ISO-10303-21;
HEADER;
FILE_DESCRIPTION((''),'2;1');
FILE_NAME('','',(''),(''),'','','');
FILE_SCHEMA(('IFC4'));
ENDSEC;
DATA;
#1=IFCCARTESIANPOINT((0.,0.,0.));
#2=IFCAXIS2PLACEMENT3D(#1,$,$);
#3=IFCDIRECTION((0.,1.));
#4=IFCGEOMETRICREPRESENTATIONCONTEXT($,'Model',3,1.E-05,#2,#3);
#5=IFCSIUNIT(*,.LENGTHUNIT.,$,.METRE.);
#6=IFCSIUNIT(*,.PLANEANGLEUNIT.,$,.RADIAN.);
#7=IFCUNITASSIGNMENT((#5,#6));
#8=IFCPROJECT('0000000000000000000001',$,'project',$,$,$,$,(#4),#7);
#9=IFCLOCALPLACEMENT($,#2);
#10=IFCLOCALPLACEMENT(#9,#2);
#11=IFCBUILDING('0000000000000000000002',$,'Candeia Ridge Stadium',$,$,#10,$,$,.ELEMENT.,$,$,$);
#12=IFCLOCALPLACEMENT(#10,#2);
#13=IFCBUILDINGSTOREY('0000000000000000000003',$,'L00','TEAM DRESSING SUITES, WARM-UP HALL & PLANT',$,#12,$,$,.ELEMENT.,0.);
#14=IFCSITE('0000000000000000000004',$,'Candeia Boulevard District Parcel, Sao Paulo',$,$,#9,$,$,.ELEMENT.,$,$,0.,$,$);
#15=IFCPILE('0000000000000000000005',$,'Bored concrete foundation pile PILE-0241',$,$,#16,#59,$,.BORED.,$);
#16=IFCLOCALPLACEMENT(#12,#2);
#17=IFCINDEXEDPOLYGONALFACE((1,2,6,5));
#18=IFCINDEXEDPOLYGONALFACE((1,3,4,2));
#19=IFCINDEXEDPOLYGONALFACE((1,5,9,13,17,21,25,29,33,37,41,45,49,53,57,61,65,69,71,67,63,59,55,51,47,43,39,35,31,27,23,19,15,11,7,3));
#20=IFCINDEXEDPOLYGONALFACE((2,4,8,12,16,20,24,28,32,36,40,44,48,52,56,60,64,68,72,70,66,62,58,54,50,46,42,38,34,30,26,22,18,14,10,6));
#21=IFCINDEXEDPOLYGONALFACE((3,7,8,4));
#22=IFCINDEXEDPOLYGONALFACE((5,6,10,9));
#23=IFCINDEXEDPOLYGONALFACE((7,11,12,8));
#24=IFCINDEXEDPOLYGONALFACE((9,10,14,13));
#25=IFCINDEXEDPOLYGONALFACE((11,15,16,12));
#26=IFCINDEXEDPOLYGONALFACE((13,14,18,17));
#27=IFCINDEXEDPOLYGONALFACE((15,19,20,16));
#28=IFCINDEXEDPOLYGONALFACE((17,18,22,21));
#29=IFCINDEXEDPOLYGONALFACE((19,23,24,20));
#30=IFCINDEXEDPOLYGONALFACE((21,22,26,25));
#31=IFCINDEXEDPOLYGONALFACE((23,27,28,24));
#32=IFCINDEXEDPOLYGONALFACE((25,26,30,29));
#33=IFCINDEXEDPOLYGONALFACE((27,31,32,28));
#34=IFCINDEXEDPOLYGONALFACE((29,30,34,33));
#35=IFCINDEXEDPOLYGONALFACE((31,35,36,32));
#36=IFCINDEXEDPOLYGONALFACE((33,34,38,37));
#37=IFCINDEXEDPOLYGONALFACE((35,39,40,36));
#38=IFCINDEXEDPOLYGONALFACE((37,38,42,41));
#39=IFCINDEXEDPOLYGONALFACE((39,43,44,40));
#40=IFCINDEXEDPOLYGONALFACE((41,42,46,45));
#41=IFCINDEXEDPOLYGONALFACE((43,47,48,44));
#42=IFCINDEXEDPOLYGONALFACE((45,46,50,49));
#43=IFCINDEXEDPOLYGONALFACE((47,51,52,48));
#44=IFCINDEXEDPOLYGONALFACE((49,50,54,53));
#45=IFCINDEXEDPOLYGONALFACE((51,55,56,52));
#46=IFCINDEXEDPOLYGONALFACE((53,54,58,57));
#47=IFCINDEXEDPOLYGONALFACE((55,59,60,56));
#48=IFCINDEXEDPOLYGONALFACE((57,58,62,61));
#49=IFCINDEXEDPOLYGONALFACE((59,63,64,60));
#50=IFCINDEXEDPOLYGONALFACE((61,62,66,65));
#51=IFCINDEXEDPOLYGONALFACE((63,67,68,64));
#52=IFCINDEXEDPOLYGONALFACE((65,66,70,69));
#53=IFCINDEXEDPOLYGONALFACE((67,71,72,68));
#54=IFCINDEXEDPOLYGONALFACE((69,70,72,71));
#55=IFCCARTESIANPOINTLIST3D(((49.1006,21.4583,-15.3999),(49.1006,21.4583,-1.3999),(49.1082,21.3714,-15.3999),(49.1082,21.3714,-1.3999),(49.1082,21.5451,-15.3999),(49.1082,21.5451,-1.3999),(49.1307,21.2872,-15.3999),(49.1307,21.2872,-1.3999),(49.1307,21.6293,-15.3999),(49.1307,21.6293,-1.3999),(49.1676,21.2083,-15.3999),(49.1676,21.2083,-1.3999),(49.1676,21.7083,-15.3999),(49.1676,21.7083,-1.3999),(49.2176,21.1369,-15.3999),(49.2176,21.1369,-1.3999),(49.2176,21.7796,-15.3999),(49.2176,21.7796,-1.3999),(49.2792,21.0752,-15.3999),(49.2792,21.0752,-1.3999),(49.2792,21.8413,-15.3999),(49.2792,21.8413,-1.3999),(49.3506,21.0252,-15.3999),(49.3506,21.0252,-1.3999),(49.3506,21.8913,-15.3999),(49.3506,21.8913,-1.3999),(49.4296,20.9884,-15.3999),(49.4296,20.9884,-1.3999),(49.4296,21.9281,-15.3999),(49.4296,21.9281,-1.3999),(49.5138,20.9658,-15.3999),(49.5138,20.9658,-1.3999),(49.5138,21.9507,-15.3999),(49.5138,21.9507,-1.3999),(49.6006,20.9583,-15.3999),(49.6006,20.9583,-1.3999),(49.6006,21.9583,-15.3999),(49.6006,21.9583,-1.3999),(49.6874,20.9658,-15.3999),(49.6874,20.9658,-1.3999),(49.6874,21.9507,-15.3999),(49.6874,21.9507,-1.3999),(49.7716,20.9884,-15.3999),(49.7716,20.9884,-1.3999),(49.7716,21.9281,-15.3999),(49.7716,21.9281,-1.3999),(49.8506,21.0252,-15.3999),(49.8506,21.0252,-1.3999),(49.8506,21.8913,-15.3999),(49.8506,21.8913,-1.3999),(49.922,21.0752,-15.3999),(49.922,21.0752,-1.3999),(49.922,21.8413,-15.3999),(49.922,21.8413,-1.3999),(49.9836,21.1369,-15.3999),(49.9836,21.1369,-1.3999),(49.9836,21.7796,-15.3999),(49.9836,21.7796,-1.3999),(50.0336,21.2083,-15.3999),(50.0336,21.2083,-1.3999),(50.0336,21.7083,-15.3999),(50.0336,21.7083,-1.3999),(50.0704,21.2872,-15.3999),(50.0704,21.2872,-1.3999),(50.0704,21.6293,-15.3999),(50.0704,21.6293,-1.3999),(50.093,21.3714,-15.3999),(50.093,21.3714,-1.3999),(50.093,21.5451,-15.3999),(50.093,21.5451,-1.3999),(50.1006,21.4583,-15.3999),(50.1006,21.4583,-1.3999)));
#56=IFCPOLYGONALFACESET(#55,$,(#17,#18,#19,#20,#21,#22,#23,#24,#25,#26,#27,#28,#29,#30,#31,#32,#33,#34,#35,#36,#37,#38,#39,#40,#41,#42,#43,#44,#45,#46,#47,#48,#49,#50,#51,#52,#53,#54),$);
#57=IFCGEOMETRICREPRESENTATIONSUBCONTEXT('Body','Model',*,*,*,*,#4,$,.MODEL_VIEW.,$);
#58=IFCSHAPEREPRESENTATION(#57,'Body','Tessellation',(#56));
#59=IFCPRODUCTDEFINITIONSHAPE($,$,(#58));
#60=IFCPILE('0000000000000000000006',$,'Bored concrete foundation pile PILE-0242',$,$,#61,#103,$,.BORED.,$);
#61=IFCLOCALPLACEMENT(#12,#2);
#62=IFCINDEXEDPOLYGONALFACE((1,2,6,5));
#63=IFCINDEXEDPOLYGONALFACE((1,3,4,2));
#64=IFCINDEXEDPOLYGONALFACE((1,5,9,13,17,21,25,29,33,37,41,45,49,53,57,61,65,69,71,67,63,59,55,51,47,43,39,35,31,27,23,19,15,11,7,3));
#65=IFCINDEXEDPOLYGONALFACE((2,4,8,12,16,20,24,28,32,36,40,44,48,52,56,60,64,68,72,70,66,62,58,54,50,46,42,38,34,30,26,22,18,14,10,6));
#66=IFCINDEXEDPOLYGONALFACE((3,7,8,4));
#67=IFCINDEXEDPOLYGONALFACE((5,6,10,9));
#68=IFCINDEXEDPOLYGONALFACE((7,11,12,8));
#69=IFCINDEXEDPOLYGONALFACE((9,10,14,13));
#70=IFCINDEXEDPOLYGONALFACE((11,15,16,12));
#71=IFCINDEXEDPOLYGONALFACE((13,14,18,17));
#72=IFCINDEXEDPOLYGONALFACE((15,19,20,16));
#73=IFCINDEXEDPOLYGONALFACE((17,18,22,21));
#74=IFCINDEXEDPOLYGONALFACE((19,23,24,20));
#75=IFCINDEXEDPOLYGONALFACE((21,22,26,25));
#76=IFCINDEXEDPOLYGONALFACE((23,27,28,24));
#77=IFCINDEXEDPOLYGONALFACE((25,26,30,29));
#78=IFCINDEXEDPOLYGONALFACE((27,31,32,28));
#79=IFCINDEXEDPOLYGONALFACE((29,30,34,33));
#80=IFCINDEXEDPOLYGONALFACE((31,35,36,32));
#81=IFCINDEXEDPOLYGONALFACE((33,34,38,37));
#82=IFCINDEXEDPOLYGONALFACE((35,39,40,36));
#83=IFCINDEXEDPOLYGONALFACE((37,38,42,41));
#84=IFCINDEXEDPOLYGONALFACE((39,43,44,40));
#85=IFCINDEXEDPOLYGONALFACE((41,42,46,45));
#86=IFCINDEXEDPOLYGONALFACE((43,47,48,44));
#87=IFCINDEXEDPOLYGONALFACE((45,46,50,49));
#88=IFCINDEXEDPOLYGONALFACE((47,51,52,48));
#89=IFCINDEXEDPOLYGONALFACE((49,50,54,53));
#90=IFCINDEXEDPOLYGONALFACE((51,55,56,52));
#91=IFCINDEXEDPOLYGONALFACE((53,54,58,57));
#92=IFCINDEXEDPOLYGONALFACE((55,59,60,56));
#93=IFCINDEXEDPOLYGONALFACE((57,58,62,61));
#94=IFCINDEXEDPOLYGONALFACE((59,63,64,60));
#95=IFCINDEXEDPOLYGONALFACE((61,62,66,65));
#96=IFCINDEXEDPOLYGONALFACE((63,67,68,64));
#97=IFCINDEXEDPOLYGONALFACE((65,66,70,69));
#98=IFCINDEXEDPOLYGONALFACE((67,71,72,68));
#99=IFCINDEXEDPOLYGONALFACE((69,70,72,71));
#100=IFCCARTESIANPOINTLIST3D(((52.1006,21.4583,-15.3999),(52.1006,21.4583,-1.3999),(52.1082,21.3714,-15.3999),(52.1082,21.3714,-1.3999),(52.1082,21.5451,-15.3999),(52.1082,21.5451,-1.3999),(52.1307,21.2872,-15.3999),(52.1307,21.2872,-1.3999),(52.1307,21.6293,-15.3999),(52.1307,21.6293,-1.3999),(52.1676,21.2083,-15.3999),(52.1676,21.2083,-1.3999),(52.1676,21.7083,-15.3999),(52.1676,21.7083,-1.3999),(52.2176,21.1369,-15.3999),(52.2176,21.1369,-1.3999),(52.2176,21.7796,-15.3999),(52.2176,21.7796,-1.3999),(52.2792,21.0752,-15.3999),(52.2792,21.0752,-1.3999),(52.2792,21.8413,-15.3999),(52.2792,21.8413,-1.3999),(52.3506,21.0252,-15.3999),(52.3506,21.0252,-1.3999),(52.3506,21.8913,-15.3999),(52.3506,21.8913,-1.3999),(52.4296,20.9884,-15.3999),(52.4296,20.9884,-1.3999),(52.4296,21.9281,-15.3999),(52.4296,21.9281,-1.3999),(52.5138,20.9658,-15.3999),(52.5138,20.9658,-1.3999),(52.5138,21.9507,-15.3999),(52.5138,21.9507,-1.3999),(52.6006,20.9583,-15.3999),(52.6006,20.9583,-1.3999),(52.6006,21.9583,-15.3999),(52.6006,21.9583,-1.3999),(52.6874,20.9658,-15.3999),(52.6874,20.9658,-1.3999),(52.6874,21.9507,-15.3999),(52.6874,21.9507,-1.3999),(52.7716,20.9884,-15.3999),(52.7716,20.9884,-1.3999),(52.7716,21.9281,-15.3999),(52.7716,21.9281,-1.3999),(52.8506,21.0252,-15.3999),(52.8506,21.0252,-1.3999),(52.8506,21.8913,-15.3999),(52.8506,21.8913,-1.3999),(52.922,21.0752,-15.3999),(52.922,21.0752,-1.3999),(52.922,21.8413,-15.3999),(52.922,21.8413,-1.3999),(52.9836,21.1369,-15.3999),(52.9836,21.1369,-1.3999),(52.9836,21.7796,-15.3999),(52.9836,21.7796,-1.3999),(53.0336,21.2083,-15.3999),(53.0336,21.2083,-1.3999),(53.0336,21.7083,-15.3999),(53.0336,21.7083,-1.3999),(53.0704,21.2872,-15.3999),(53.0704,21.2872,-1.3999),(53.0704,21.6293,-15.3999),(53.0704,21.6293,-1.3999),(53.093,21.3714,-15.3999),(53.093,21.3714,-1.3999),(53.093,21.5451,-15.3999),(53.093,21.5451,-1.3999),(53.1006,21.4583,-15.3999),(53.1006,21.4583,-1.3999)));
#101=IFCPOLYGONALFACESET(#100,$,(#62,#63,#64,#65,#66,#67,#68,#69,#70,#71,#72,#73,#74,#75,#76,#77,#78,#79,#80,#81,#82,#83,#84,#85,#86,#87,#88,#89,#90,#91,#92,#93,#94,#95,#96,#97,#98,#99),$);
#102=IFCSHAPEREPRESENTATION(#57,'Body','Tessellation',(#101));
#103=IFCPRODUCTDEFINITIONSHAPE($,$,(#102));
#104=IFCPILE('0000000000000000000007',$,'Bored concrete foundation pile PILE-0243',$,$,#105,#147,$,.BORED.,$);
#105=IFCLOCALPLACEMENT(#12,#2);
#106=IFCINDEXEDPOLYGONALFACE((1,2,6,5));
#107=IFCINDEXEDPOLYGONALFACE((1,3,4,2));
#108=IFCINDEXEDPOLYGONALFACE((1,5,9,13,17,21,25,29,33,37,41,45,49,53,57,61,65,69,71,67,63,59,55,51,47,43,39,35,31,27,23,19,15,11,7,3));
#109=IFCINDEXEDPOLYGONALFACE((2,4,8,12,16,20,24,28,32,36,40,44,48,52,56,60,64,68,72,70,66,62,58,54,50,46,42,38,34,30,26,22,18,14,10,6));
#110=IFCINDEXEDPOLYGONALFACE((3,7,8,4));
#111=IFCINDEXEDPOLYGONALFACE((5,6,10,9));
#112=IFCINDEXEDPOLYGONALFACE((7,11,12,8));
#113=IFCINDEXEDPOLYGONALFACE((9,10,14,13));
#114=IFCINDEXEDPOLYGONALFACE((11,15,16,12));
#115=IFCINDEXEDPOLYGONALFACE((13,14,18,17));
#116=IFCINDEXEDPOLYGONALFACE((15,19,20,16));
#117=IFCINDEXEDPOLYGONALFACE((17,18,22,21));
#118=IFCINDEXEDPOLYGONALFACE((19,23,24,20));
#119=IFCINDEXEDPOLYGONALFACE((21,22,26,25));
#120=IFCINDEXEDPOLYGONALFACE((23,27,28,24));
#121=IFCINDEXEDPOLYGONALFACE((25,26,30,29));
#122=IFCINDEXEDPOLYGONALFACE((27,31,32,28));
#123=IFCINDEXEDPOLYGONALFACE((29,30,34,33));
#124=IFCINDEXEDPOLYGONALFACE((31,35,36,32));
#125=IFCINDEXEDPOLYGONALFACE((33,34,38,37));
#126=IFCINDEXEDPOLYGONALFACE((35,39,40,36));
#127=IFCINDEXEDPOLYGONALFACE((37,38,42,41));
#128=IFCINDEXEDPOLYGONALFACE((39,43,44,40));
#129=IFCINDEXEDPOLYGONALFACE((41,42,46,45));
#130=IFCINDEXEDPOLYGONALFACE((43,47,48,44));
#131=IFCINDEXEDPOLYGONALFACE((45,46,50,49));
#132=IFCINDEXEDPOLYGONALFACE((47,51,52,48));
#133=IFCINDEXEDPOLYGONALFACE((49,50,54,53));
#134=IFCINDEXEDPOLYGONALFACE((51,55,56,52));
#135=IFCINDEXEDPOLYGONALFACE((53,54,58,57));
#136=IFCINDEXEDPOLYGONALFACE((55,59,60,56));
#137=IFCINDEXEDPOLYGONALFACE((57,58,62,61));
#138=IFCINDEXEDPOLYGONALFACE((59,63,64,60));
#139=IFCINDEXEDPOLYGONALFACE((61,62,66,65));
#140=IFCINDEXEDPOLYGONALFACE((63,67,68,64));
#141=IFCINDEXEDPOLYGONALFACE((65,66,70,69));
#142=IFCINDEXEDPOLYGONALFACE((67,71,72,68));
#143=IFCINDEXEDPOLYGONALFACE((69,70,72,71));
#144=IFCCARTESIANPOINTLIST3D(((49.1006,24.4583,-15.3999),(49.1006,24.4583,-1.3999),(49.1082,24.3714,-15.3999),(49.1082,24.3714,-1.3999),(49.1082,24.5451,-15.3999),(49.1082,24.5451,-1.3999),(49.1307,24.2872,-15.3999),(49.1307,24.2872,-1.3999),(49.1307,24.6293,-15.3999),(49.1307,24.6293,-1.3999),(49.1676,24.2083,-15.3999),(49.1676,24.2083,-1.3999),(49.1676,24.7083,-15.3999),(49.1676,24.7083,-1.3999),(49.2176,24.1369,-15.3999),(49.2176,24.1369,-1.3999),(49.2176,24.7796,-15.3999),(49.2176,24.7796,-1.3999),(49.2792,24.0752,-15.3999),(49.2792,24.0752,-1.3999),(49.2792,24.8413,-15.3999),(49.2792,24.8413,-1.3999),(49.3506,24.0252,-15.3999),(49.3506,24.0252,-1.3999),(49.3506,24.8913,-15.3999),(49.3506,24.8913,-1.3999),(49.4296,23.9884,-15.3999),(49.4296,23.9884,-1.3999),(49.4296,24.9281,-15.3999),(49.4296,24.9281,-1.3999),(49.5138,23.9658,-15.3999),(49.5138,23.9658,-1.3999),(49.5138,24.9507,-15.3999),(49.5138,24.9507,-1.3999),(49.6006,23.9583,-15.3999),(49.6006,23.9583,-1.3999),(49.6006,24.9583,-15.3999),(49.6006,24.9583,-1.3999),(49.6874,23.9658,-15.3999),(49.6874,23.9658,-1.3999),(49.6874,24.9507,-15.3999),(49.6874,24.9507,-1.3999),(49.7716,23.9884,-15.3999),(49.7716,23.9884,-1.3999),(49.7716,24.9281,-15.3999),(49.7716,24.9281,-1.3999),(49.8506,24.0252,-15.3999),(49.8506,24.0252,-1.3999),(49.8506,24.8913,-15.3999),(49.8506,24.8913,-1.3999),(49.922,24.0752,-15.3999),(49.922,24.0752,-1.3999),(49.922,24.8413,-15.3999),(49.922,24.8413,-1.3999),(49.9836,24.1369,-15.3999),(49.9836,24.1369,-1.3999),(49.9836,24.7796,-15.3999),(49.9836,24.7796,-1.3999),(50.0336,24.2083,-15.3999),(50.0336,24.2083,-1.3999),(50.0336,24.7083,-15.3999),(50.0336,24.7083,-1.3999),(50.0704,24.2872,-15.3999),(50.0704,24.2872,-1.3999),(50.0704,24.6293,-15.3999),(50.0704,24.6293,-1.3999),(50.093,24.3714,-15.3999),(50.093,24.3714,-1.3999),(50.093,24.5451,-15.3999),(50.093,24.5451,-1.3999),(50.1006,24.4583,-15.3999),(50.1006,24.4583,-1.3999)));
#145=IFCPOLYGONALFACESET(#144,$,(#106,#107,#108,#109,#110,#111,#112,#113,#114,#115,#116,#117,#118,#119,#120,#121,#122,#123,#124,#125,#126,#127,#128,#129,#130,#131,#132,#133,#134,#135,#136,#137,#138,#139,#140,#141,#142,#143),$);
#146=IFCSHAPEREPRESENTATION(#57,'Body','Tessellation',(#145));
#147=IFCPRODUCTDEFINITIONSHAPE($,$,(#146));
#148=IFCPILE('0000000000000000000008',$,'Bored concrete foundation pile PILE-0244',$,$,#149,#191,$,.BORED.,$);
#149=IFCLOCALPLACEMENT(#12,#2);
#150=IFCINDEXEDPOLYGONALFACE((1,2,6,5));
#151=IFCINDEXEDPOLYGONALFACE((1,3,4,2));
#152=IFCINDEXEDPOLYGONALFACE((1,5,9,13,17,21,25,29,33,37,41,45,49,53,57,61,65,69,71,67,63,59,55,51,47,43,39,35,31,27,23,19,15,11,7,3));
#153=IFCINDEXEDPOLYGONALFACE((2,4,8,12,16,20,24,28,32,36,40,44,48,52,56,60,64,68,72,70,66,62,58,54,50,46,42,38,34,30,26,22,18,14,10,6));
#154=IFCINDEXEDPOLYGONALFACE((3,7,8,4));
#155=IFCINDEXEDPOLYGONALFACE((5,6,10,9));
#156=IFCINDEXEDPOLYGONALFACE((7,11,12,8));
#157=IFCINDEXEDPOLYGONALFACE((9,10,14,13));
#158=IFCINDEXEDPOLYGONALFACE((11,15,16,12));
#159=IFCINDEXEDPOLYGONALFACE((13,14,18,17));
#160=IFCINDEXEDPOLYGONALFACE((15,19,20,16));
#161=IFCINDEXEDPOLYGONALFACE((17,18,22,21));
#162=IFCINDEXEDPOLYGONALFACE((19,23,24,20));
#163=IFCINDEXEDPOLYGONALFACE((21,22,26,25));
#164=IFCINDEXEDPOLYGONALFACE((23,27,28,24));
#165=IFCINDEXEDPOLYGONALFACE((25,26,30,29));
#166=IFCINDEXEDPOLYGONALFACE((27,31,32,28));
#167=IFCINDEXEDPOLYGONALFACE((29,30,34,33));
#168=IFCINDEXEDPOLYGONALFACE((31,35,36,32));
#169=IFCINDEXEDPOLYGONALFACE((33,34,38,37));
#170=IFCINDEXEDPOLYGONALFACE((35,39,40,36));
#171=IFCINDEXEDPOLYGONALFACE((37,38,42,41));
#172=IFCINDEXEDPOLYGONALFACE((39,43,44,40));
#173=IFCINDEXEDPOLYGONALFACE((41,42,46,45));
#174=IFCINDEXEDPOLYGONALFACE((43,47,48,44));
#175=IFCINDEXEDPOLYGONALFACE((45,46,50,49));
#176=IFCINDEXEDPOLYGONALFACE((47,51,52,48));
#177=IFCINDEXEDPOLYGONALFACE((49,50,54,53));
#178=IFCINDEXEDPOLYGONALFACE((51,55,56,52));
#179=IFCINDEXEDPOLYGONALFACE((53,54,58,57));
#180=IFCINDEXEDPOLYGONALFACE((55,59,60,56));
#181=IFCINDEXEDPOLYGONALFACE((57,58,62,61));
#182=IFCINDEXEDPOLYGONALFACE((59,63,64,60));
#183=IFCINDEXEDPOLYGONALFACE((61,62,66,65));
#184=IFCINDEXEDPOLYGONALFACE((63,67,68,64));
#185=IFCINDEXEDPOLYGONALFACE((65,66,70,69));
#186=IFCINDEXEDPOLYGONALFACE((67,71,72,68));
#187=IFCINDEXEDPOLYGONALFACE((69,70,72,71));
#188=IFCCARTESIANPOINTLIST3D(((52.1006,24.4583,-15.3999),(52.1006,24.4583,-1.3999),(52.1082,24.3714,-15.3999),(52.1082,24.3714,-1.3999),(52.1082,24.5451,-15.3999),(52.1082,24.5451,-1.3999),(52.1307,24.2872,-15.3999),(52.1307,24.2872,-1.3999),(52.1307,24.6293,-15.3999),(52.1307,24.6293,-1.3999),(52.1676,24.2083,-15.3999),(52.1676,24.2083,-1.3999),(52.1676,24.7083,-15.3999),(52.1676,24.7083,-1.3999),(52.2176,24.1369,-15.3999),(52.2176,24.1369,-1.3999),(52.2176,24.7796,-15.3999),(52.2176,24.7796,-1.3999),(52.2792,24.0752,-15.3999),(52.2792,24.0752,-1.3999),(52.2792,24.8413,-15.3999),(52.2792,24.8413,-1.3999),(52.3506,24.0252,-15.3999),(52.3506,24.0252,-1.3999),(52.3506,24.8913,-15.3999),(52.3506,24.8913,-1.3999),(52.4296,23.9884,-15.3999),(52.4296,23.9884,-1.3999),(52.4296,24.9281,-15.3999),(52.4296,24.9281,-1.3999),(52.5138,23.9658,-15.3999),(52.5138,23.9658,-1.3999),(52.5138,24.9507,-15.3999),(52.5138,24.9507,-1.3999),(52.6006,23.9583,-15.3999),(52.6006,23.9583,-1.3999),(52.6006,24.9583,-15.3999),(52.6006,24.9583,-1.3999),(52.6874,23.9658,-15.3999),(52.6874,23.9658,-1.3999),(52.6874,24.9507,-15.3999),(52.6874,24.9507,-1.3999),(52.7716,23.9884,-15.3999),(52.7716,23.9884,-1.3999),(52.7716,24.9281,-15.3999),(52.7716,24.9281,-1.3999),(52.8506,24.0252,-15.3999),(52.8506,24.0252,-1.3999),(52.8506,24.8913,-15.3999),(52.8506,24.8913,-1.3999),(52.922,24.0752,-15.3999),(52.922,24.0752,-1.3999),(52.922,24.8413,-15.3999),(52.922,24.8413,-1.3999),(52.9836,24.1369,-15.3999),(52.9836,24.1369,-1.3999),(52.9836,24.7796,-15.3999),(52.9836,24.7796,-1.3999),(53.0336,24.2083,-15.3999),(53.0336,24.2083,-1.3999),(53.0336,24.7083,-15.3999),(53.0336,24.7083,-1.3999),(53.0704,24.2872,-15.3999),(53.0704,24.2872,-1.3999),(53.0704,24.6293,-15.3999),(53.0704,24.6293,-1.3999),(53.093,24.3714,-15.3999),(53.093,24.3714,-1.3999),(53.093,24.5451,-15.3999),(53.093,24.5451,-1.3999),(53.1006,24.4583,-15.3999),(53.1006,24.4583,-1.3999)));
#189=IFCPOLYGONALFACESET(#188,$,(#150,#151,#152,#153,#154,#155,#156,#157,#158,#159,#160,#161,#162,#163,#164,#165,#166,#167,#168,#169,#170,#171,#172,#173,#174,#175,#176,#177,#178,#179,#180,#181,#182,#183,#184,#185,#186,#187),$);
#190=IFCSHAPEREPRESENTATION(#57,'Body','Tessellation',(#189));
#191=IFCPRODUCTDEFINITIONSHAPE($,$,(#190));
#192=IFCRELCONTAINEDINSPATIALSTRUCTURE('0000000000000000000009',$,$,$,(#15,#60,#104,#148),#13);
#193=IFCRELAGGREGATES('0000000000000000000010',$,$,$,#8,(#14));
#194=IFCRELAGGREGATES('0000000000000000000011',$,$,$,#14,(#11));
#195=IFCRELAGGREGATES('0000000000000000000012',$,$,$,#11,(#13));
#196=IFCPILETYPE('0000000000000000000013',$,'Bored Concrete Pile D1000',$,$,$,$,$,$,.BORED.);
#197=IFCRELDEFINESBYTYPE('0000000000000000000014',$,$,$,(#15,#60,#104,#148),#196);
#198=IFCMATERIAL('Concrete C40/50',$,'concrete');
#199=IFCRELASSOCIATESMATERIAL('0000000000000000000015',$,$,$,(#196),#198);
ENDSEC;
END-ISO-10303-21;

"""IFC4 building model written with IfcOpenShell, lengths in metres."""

from ifc_helpers import new_model, si_unit, direction, frame, origin, origin_2d, place, context, subcontext, project, spatial, circle, extrude, material, material_profile, profile_set, type_object, element, save


model = new_model("IFC4")

# Units and contexts
model_context = context("Model", 3, precision=1e-05, world=origin(), true_north=direction((0.0, 1.0)))
body_context = subcontext(model_context, "Body", "Model", "MODEL_VIEW")
ifc_project = project(units=[si_unit("LENGTHUNIT", "METRE"), si_unit("PLANEANGLEUNIT", "RADIAN")], contexts=[model_context])

# Site, building, storey
site_placement = place(None, origin())
site = spatial("IfcSite", under=ifc_project, at=site_placement, Name="Candeia Boulevard District Parcel, Sao Paulo", CompositionType="ELEMENT", RefElevation=0.0)
building_placement = place(site_placement, origin())
building = spatial("IfcBuilding", under=site, at=building_placement, Name="Candeia Ridge Stadium", CompositionType="ELEMENT")
storey_placement = place(building_placement, origin())
storey = spatial("IfcBuildingStorey", under=building, at=storey_placement, Name="L00", Description="TEAM DRESSING SUITES, WARM-UP HALL & PLANT", CompositionType="ELEMENT", Elevation=0.0)

# Piles
ifc_material_1 = material(Name="Concrete C40/50", Category="concrete")
ifc_material_profile_1 = material_profile(ifc_material_1, circle(Radius=0.5, at=origin_2d()), Name="PILE-D1000", Category="concrete")
ifc_profile_set_1 = profile_set([ifc_material_profile_1], Name="Concrete C40/50")
pile_type_1 = type_object("IfcPileType", Name="Bored Concrete Pile D1000", PredefinedType="BORED", material=ifc_profile_set_1)
for number, where, z_axis, x_axis, name in (
    (1, (49.6006, 21.4583, -1.3999), (0.0, 0.0, -1.0), (1.0, 0.0, 0.0), "Bored concrete foundation pile PILE-0241"),
    (2, (52.6006, 21.4583, -1.3999), (0.0, 0.0, -1.0), (1.0, 0.0, 0.0), "Bored concrete foundation pile PILE-0242"),
    (3, (49.6006, 24.4583, -1.3999), (0.0, 0.0, -1.0), (1.0, 0.0, 0.0), "Bored concrete foundation pile PILE-0243"),
    (4, (52.6006, 24.4583, -1.3999), (0.0, 0.0, -1.0), (1.0, 0.0, 0.0), "Bored concrete foundation pile PILE-0244"),
):
    element("IfcPile", number, at=place(storey_placement, frame(where, z_axis=z_axis, x_axis=x_axis)), inside=storey, type_object=pile_type_1, Name=name, PredefinedType="BORED", context=body_context, shape_type="SweptSolid", body=[
        extrude(circle(Radius=0.5, at=origin_2d()), origin(), (0.0, 0.0, 1.0), 14.0),
    ])

save(model, "model.ifc")
